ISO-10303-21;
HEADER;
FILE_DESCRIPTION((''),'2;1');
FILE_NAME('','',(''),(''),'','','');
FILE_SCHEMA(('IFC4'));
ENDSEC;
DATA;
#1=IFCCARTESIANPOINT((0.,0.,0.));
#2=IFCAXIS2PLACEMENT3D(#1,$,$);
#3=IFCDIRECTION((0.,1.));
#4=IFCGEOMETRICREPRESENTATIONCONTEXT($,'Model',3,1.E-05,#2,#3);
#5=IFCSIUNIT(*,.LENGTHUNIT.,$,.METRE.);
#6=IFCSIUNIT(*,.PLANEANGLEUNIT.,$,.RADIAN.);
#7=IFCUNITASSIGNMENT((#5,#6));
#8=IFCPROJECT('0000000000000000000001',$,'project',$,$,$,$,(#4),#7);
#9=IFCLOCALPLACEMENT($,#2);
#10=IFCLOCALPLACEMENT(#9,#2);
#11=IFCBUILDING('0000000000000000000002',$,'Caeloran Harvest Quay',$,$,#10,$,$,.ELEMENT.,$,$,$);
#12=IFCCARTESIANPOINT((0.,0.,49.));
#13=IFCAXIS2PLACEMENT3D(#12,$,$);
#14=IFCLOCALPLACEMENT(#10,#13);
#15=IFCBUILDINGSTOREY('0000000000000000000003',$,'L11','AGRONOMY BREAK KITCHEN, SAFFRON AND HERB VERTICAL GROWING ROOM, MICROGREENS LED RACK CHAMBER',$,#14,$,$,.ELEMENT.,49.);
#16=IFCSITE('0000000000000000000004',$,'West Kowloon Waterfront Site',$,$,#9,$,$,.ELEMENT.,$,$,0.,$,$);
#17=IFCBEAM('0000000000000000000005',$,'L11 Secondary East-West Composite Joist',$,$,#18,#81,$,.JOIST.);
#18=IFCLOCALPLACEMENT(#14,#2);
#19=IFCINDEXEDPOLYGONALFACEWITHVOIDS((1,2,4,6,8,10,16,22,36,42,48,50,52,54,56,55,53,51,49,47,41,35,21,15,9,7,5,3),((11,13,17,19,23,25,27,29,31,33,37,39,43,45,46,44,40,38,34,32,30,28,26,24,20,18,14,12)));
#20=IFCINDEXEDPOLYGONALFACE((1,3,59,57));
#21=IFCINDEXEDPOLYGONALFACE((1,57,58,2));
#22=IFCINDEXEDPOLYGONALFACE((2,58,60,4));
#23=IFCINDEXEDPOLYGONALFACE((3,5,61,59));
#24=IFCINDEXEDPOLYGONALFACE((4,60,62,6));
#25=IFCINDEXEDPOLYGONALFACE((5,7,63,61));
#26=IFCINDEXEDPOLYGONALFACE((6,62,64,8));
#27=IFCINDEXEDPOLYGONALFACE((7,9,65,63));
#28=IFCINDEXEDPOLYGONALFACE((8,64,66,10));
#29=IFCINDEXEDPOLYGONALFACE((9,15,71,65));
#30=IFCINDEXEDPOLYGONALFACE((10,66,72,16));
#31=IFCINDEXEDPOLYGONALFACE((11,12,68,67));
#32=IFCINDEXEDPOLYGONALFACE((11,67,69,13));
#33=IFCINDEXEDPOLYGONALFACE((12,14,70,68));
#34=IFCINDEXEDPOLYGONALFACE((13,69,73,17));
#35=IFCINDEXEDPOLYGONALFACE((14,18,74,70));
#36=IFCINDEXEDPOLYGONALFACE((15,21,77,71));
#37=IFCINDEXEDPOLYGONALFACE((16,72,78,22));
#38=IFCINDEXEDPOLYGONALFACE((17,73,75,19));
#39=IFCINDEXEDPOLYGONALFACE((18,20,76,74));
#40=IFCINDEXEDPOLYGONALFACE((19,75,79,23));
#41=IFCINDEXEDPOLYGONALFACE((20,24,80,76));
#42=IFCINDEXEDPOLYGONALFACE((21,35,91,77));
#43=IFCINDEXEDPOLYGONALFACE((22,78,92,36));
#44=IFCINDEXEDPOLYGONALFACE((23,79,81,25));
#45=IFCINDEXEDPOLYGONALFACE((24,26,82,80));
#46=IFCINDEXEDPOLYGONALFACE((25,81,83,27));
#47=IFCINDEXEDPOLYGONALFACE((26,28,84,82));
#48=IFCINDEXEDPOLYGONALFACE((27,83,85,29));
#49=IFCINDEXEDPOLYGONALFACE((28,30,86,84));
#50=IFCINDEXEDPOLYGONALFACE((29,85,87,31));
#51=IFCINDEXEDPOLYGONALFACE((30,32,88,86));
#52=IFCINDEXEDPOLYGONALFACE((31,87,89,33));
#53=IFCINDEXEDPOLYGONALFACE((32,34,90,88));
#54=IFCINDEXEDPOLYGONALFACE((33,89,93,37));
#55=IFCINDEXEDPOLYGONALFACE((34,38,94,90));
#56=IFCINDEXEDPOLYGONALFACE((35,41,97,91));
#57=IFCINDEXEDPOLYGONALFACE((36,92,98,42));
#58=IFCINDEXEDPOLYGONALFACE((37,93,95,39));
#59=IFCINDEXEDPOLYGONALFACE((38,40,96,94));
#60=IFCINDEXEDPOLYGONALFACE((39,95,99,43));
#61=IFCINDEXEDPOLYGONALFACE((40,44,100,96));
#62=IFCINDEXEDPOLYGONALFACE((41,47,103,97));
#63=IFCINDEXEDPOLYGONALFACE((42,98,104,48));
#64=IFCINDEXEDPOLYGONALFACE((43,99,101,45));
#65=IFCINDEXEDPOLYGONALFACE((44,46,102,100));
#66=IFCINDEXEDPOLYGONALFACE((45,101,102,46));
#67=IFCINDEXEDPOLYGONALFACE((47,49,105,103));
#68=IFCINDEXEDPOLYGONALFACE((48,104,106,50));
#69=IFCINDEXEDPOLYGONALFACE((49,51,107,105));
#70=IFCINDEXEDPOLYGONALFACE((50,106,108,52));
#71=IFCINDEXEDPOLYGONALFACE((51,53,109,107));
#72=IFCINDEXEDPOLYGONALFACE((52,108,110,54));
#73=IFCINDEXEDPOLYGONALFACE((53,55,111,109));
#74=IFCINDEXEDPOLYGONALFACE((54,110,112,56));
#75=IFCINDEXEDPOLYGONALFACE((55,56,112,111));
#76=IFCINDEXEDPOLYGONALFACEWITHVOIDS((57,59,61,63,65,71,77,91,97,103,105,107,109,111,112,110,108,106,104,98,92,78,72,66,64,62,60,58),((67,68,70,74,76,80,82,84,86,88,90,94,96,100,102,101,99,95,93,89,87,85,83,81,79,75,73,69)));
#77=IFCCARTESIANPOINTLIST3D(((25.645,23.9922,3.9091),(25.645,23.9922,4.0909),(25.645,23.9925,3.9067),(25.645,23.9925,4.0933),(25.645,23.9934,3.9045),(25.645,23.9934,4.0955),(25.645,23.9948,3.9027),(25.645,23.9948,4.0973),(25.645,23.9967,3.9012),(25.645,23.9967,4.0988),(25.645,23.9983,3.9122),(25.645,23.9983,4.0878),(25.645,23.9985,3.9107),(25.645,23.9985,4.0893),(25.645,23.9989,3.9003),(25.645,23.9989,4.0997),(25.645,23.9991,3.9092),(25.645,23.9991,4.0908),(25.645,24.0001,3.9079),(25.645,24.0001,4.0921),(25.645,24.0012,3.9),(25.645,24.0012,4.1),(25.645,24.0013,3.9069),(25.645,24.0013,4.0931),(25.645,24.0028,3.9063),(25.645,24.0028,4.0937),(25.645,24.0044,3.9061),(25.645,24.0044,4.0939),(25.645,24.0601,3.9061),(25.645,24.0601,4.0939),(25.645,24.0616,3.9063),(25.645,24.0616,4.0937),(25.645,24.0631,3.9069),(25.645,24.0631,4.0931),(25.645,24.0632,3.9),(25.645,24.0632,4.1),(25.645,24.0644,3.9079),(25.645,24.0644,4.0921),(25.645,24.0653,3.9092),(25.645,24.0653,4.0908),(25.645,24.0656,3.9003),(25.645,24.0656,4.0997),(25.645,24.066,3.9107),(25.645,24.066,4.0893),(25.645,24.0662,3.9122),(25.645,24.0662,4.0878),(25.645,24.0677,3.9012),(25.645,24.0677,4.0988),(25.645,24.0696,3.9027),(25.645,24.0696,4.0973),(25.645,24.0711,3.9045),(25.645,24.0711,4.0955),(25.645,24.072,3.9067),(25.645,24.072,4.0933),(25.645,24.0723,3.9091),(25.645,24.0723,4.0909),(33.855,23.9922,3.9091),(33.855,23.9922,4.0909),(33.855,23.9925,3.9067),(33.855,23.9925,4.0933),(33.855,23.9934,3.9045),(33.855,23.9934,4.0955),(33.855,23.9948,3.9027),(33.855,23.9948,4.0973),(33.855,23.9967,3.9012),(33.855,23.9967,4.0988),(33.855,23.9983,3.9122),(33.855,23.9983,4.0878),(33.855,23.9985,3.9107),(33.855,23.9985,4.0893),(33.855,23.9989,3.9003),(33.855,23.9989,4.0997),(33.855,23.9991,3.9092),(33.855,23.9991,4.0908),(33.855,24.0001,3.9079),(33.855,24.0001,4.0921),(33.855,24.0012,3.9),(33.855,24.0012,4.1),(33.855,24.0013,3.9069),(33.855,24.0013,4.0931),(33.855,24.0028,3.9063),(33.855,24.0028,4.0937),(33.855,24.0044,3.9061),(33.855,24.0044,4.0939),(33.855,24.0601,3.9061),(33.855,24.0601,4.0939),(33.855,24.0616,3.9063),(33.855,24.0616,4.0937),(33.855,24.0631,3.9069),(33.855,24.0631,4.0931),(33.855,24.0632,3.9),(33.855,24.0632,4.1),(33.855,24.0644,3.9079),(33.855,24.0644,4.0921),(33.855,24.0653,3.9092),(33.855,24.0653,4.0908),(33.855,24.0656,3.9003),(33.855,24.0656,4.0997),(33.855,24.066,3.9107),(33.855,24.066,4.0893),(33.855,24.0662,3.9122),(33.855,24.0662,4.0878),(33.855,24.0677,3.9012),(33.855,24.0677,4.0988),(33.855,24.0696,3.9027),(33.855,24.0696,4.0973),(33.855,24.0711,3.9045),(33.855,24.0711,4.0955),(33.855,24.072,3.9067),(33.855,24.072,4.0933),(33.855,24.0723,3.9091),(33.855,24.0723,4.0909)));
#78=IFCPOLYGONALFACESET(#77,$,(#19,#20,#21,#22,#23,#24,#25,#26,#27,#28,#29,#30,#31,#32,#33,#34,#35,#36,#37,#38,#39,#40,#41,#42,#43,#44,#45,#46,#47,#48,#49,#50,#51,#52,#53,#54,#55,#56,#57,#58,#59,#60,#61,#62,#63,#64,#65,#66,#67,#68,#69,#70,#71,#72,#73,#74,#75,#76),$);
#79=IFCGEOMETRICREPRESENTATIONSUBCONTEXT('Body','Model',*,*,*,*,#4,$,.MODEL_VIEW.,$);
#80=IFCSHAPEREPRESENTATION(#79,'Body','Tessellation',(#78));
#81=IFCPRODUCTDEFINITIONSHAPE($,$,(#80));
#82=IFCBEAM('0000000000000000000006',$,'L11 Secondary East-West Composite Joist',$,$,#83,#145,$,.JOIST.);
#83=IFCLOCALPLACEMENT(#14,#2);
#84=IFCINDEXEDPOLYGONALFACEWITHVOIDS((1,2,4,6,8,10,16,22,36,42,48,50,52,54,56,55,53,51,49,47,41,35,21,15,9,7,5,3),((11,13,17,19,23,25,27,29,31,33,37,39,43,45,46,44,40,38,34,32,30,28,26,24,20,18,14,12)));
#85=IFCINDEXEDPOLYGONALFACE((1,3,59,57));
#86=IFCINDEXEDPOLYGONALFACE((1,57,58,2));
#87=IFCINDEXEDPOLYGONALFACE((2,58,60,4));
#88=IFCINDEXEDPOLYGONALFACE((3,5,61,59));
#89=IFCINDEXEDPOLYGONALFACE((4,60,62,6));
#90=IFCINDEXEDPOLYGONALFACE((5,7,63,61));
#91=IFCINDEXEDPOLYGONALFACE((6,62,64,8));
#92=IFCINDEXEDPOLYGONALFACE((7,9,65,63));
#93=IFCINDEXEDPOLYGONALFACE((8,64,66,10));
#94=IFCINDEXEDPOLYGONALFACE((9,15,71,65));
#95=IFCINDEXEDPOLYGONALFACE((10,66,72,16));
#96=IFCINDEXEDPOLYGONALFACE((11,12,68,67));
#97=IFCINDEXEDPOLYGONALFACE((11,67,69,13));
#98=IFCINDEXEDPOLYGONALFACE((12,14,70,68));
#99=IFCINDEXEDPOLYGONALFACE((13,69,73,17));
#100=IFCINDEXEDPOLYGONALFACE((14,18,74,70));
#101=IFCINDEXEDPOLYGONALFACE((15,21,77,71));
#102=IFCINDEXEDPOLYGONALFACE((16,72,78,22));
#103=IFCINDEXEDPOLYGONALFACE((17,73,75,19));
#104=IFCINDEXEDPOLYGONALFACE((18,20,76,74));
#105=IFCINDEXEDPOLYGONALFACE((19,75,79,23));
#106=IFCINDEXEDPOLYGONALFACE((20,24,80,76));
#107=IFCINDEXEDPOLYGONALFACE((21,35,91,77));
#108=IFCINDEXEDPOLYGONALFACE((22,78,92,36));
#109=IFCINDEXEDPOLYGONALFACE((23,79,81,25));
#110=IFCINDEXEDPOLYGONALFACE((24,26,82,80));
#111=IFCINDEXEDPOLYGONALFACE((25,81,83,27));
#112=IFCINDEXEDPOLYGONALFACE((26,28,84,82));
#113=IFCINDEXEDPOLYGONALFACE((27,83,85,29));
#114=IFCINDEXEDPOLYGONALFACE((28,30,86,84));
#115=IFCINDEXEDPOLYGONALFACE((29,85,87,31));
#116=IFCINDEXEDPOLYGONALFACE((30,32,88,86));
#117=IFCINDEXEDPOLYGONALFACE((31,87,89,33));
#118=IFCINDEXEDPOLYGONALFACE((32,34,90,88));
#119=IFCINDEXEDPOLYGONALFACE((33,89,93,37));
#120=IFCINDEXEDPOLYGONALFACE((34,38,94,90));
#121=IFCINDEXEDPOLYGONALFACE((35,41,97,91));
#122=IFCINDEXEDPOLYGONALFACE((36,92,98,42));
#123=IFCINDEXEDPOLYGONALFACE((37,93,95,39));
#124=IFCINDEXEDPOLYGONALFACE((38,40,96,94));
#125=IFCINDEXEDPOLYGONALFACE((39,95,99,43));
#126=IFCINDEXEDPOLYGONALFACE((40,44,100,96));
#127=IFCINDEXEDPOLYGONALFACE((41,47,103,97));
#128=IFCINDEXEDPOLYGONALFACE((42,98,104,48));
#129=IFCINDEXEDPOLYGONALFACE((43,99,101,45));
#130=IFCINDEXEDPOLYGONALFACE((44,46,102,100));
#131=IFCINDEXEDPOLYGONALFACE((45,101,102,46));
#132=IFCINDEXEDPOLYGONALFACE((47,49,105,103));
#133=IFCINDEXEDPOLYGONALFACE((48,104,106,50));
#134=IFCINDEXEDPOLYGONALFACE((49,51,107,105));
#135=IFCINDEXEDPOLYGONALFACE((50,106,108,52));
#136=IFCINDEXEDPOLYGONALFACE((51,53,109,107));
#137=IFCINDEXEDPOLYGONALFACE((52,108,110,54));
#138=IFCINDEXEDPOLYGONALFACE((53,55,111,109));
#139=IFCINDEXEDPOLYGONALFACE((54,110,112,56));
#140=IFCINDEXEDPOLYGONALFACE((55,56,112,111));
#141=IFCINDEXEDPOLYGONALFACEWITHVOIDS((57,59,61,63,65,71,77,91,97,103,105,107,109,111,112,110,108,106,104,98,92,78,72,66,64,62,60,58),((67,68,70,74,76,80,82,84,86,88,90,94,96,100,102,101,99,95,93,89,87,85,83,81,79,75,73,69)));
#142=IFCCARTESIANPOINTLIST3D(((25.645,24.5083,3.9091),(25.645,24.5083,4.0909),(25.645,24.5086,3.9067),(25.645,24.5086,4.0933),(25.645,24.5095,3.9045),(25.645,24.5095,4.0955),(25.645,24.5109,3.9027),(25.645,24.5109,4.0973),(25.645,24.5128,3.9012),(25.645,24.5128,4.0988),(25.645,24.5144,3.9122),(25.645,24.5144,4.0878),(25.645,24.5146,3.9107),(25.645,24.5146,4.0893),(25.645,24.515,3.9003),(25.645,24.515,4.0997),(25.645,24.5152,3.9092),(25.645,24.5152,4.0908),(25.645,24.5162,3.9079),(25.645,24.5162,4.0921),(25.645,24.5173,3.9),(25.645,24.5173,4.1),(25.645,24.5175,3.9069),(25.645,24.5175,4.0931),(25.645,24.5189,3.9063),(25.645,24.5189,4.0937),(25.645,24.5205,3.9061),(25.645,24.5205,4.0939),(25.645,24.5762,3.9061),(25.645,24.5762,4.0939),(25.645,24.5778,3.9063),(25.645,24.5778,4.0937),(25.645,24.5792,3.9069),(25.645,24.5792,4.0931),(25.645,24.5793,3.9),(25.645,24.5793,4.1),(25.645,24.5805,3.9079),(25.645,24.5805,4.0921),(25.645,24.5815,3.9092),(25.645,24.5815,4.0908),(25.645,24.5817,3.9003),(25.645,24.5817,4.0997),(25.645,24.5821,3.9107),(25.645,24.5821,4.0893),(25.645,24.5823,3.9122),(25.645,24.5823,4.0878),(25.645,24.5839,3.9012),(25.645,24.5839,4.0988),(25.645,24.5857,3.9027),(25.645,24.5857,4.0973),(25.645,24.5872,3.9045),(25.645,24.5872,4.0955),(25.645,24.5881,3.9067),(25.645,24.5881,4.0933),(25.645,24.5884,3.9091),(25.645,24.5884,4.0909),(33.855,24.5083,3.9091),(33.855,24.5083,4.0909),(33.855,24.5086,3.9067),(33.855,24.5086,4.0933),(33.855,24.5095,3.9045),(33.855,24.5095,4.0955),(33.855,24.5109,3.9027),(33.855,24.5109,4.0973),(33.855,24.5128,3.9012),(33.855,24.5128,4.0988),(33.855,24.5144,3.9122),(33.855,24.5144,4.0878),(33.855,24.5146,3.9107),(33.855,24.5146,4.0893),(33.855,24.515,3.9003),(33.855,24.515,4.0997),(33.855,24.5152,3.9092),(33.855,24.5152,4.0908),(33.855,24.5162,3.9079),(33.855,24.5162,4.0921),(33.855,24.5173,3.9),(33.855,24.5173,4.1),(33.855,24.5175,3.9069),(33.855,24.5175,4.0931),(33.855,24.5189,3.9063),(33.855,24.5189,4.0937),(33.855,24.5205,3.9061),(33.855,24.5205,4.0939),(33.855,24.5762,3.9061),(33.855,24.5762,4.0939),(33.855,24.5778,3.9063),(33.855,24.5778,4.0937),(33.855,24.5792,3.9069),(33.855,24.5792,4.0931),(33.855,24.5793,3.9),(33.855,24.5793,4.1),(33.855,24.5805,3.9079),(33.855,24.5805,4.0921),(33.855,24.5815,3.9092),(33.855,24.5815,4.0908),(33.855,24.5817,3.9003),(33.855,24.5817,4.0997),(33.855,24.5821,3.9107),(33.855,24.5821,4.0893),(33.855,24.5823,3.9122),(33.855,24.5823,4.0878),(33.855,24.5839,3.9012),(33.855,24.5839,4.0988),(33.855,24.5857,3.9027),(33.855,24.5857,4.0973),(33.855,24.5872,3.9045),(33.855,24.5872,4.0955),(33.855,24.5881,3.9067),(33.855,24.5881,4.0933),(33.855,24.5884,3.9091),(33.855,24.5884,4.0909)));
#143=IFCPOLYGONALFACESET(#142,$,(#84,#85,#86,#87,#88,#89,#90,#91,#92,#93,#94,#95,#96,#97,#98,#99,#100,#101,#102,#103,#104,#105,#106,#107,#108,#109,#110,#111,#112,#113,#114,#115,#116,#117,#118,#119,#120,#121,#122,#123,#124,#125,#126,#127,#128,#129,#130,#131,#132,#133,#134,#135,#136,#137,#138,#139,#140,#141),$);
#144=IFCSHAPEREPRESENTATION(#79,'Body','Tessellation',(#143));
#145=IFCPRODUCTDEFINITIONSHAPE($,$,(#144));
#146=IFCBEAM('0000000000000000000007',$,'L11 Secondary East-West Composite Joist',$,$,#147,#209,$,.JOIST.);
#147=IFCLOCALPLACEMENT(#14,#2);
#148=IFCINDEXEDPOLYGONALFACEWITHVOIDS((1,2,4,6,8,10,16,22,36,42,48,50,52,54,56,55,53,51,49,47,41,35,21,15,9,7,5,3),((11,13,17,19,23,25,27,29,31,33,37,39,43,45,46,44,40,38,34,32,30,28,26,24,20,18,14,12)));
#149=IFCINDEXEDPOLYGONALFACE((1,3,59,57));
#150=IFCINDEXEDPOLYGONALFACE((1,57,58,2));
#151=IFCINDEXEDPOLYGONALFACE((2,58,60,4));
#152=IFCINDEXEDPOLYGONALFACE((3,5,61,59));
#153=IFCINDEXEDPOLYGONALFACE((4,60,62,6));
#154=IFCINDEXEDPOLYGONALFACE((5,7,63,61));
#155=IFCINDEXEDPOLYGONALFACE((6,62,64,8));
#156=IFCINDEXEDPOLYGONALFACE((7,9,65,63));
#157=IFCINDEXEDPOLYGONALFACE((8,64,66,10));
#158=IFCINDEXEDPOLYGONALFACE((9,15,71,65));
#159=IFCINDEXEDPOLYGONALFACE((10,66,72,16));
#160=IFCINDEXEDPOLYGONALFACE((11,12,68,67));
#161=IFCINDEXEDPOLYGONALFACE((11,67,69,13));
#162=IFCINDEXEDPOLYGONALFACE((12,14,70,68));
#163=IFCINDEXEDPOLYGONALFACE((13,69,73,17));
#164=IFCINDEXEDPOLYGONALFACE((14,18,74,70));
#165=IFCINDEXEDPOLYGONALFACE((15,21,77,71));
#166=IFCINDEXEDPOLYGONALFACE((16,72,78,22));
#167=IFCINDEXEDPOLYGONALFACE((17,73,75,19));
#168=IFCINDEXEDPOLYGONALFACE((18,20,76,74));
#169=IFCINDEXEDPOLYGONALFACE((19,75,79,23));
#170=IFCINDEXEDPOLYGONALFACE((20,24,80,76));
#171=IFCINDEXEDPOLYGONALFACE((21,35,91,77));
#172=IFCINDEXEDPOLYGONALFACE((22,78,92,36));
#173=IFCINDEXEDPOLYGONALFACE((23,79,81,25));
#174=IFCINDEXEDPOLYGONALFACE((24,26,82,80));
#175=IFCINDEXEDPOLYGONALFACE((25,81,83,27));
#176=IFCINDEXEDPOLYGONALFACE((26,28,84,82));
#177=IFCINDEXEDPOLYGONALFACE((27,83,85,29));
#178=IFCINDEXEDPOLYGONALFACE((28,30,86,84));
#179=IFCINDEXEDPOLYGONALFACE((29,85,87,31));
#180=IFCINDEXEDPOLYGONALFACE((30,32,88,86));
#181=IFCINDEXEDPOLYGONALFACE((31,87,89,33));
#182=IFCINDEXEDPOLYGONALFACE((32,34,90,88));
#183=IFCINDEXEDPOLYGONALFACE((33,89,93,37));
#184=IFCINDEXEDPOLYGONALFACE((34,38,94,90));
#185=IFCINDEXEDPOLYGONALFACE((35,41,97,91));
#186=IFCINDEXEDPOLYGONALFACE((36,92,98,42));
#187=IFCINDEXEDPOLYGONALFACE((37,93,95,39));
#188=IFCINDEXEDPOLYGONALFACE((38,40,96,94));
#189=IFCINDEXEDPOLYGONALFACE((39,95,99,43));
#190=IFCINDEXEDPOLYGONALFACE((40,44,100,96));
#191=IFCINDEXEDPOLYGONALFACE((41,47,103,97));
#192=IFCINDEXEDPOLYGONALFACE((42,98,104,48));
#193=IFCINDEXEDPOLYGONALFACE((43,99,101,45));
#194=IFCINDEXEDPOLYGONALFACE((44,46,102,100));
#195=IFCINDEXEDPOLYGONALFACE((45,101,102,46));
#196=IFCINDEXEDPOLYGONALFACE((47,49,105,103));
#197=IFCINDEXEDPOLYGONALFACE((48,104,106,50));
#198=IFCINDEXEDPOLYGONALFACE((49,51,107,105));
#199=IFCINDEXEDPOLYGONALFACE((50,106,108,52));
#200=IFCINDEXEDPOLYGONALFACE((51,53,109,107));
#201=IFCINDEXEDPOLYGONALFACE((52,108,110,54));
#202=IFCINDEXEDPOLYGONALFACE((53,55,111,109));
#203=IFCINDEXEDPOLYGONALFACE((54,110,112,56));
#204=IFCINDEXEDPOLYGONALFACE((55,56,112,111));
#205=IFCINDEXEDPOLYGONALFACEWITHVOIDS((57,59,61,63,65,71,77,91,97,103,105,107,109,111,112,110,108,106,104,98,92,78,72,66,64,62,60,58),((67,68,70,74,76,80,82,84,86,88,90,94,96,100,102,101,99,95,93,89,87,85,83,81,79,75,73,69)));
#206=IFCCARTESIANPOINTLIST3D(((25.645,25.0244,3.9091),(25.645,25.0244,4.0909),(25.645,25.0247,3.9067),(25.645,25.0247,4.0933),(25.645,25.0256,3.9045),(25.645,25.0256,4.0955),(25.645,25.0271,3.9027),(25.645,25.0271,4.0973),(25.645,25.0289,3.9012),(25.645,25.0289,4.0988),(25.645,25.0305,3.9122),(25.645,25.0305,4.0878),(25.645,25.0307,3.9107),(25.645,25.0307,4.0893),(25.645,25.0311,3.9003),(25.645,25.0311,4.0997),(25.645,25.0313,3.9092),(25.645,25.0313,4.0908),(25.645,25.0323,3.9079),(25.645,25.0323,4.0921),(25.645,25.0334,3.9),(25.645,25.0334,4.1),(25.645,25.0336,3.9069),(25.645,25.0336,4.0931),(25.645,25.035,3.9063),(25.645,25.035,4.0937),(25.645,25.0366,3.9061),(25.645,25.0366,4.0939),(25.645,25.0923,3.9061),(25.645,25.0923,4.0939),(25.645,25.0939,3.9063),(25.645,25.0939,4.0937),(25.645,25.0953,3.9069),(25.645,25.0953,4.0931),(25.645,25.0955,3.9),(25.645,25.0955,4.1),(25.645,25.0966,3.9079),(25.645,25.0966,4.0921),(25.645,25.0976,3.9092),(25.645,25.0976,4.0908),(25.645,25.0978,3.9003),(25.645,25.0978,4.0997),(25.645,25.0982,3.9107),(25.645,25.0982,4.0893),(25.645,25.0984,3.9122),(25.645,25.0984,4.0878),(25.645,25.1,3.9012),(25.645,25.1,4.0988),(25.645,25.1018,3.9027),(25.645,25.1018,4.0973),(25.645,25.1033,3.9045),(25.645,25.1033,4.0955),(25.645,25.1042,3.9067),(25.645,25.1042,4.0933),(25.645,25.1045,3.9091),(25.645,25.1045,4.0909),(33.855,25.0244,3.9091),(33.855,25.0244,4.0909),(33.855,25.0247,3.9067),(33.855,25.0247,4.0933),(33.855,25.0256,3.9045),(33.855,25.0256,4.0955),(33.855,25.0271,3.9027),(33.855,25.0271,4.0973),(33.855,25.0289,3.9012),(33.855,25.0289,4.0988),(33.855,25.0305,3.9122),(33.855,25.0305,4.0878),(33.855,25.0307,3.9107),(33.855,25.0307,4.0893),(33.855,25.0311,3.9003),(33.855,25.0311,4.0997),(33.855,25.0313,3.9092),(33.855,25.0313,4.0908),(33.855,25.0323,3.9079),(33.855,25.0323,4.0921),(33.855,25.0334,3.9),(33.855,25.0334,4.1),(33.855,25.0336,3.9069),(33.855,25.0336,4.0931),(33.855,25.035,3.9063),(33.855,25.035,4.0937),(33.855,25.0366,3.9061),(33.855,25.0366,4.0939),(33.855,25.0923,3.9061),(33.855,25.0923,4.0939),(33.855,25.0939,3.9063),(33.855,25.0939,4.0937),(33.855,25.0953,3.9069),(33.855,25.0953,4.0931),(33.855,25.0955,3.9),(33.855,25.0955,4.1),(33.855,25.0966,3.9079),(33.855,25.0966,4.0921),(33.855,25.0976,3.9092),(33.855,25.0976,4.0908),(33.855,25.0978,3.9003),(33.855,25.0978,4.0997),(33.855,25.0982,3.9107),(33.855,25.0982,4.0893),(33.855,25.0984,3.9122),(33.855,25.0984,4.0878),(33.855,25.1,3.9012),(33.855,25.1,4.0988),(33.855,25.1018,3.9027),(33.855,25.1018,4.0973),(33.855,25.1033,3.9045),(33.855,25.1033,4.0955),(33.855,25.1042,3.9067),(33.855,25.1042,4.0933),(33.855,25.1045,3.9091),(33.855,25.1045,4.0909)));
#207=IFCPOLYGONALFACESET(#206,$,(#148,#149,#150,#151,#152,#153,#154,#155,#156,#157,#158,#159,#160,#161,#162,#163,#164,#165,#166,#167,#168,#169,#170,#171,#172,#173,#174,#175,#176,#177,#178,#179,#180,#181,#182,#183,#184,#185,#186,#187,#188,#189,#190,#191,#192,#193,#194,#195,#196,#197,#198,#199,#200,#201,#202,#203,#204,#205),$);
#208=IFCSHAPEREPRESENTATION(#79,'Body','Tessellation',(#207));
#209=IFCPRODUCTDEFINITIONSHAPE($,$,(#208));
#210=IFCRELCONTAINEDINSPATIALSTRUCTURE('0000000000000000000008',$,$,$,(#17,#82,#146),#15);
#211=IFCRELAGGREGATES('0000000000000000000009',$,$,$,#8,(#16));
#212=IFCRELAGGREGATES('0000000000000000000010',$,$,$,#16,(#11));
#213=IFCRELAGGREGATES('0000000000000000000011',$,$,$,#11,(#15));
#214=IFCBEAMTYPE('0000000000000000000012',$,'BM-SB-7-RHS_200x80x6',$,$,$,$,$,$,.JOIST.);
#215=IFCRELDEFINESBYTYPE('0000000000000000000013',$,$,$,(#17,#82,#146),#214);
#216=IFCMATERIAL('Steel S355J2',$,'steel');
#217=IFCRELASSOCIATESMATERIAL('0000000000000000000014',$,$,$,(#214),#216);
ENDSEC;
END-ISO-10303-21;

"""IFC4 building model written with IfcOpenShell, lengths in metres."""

from ifc_helpers import new_model, si_unit, direction, frame, origin, origin_2d, place, context, subcontext, project, spatial, hollow_rectangle, extrude, material, material_profile, profile_set, type_object, element, save


model = new_model("IFC4")

# Units and contexts
model_context = context("Model", 3, precision=1e-05, world=origin(), true_north=direction((0.0, 1.0)))
body_context = subcontext(model_context, "Body", "Model", "MODEL_VIEW")
ifc_project = project(units=[si_unit("LENGTHUNIT", "METRE"), si_unit("PLANEANGLEUNIT", "RADIAN")], contexts=[model_context])

# Site, building, storey
site_placement = place(None, origin())
site = spatial("IfcSite", under=ifc_project, at=site_placement, Name="West Kowloon Waterfront Site", CompositionType="ELEMENT", RefElevation=0.0)
building_placement = place(site_placement, origin())
building = spatial("IfcBuilding", under=site, at=building_placement, Name="Caeloran Harvest Quay", CompositionType="ELEMENT")
storey_placement = place(building_placement, frame((0.0, 0.0, 49.0)))
storey = spatial("IfcBuildingStorey", under=building, at=storey_placement, Name="L11", Description="AGRONOMY BREAK KITCHEN, SAFFRON AND HERB VERTICAL GROWING ROOM, MICROGREENS LED RACK CHAMBER", CompositionType="ELEMENT", Elevation=49.0)

# Beams
ifc_material_1 = material(Name="Steel S355J2", Category="steel")
ifc_material_profile_1 = material_profile(ifc_material_1, hollow_rectangle(XDim=0.0801, YDim=0.2, WallThickness=0.0061, InnerFilletRadius=0.0061, OuterFilletRadius=0.009, at=origin_2d()), Name="RHS 200x80x6")
ifc_profile_set_1 = profile_set([ifc_material_profile_1], Name="Steel S355J2")
beam_type_1 = type_object("IfcBeamType", Name="BM-SB-7-RHS_200x80x6", PredefinedType="JOIST", material=ifc_profile_set_1)
for number, where, z_axis, x_axis, name in (
    (1, (25.645, 24.0322, 4.0), (1.0, 0.0, 0.0), (0.0, 1.0, 0.0), "L11 Secondary East-West Composite Joist"),
    (2, (25.645, 24.5483, 4.0), (1.0, 0.0, 0.0), (0.0, 1.0, 0.0), "L11 Secondary East-West Composite Joist"),
    (3, (25.645, 25.0645, 4.0), (1.0, 0.0, 0.0), (0.0, 1.0, 0.0), "L11 Secondary East-West Composite Joist"),
):
    element("IfcBeam", number, at=place(storey_placement, frame(where, z_axis=z_axis, x_axis=x_axis)), inside=storey, type_object=beam_type_1, Name=name, PredefinedType="JOIST", context=body_context, shape_type="SweptSolid", body=[
        extrude(hollow_rectangle(XDim=0.0801, YDim=0.2, WallThickness=0.0061, InnerFilletRadius=0.0061, OuterFilletRadius=0.009, at=origin_2d()), origin(), (0.0, 0.0, 1.0), 8.21),
    ])

save(model, "model.ifc")
